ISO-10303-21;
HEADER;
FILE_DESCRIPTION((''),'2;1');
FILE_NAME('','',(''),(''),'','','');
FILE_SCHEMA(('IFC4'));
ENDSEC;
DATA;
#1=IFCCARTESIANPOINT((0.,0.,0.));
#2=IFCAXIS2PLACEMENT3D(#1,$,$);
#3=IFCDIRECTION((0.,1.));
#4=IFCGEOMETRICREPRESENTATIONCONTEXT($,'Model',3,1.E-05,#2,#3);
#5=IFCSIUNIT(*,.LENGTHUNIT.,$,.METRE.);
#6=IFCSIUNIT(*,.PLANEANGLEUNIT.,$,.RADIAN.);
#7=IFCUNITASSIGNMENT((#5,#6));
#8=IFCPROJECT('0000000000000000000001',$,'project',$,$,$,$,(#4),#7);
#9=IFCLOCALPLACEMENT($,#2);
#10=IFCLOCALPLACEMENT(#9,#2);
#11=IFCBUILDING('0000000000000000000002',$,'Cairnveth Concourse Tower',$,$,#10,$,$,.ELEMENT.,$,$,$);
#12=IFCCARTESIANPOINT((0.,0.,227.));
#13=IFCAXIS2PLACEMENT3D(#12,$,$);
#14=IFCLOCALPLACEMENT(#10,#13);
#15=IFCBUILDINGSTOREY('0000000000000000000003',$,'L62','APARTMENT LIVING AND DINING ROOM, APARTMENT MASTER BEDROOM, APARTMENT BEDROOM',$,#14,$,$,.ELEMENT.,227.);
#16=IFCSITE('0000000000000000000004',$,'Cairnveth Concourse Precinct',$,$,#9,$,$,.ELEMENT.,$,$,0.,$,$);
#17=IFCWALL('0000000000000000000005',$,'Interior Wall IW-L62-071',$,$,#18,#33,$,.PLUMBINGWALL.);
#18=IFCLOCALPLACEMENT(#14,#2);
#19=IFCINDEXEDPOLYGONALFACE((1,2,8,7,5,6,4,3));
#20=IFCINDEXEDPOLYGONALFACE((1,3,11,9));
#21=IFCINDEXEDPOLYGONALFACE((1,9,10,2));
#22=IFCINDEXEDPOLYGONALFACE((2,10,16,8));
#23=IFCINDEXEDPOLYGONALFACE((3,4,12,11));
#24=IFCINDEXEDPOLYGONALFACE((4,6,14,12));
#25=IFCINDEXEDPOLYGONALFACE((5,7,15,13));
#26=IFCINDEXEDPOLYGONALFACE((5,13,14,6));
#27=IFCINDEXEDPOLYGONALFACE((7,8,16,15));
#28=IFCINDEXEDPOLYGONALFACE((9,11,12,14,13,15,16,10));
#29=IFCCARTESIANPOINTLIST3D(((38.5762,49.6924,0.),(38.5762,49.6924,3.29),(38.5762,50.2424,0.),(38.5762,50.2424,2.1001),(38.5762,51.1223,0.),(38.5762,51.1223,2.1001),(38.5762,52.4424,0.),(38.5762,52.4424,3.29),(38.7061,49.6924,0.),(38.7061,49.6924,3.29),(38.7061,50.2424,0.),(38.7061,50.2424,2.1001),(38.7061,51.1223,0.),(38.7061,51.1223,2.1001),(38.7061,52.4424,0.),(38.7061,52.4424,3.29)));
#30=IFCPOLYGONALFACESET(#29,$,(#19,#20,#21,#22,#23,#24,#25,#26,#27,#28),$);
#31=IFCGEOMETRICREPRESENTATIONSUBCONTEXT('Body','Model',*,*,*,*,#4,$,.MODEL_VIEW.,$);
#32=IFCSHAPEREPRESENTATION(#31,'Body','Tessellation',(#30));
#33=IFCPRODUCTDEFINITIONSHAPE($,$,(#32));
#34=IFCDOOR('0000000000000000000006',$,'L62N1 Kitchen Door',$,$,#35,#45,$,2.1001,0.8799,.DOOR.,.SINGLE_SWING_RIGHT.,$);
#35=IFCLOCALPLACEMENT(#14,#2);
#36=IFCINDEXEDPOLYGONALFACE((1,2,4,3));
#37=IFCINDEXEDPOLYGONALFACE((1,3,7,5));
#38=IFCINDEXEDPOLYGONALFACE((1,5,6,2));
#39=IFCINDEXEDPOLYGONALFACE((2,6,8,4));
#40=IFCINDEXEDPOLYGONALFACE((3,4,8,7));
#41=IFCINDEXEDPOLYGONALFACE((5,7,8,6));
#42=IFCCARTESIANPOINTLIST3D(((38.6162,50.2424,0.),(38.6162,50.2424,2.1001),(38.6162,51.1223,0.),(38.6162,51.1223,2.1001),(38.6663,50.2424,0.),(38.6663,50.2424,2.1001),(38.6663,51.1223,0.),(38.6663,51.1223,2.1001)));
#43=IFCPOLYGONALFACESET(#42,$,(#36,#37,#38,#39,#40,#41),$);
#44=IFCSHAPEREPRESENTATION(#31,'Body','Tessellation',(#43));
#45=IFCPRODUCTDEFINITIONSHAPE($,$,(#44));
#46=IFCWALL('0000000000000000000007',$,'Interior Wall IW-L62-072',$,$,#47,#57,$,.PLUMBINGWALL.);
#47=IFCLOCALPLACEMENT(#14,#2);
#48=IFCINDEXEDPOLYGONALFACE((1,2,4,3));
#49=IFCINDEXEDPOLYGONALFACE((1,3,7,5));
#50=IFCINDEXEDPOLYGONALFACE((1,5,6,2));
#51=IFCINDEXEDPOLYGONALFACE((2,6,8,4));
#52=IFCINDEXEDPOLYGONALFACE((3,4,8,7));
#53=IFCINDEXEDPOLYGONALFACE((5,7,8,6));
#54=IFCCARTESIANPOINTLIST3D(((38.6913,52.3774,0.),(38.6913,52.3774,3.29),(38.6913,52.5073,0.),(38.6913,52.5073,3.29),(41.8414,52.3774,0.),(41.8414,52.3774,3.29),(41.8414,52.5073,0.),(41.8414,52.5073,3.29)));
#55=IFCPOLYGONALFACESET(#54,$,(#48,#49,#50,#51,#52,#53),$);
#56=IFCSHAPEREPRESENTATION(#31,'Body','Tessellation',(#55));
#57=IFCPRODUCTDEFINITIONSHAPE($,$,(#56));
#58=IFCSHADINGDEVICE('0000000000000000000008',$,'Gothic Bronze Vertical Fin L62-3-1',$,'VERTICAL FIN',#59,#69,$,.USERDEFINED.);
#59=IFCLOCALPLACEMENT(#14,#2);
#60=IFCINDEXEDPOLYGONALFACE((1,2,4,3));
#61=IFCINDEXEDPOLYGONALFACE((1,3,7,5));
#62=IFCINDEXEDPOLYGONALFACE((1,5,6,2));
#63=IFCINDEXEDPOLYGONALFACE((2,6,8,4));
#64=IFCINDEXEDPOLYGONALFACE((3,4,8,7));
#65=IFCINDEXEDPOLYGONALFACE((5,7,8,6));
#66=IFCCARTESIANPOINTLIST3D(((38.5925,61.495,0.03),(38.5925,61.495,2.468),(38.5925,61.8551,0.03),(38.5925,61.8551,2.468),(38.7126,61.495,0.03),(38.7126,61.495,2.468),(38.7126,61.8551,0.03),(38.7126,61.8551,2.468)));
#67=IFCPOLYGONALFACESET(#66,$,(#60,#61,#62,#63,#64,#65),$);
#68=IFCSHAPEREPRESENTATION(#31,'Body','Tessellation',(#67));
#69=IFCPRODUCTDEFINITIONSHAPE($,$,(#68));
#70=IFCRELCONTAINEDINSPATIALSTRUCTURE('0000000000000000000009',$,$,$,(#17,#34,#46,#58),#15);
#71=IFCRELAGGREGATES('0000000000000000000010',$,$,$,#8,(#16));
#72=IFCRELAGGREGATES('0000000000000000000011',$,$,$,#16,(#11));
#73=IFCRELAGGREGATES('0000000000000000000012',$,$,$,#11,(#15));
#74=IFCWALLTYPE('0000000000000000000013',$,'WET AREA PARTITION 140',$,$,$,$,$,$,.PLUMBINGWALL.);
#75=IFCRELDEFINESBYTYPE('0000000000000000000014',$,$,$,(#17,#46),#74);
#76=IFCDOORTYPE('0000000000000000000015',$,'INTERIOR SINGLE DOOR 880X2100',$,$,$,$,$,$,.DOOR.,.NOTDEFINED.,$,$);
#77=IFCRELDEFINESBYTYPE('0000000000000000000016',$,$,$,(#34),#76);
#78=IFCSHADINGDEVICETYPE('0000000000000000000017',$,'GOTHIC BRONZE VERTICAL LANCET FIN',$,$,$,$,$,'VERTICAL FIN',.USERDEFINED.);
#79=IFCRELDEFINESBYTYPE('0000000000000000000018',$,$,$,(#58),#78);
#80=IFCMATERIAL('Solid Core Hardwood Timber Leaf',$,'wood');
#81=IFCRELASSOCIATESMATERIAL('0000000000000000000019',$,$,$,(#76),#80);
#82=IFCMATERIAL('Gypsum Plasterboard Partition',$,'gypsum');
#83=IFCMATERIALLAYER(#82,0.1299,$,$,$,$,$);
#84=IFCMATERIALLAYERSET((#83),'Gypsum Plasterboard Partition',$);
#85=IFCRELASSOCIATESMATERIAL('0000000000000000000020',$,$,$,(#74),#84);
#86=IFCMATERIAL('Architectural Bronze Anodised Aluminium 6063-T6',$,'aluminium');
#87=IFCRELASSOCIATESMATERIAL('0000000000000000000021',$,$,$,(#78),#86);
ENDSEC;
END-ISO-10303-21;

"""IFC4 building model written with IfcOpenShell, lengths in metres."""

from ifc_helpers import new_model, si_unit, direction, frame, frame_2d, origin, origin_2d, place, context, subcontext, project, spatial, rectangle, extrude, material, layer, layer_set, type_object, element, fill, save


model = new_model("IFC4")

# Units and contexts
model_context = context("Model", 3, precision=1e-05, world=origin(), true_north=direction((0.0, 1.0)))
body_context = subcontext(model_context, "Body", "Model", "MODEL_VIEW")
ifc_project = project(units=[si_unit("LENGTHUNIT", "METRE"), si_unit("PLANEANGLEUNIT", "RADIAN")], contexts=[model_context])

# Site, building, storey
site_placement = place(None, origin())
site = spatial("IfcSite", under=ifc_project, at=site_placement, Name="Cairnveth Concourse Precinct", CompositionType="ELEMENT", RefElevation=0.0)
building_placement = place(site_placement, origin())
building = spatial("IfcBuilding", under=site, at=building_placement, Name="Cairnveth Concourse Tower", CompositionType="ELEMENT")
storey_placement = place(building_placement, frame((0.0, 0.0, 227.0)))
storey = spatial("IfcBuildingStorey", under=building, at=storey_placement, Name="L62", Description="APARTMENT LIVING AND DINING ROOM, APARTMENT MASTER BEDROOM, APARTMENT BEDROOM", CompositionType="ELEMENT", Elevation=227.0)

# Shared definitions
ifc_material_1 = material(Name="Gypsum Plasterboard Partition", Category="gypsum")
ifc_material_2 = material(Name="Solid Core Hardwood Timber Leaf", Category="wood")
door_type_1 = type_object("IfcDoorType", Name="INTERIOR SINGLE DOOR 880X2100", OperationType="NOTDEFINED", PredefinedType="DOOR", material=ifc_material_2)

# Shared definitions
ifc_layer_1 = layer(ifc_material_1, 0.1299)
ifc_layer_set_1 = layer_set([ifc_layer_1], Name="Gypsum Plasterboard Partition")
wall_type_1 = type_object("IfcWallType", Name="WET AREA PARTITION 140", PredefinedType="PLUMBINGWALL", material=ifc_layer_set_1)

# Wall, opening, door
wall_1_placement = place(storey_placement, frame((38.6411, 49.6924, 0.0), z_axis=(0.0, 0.0, 1.0), x_axis=(0.0, 1.0, 0.0)))
wall_1 = element("IfcWall", 1, at=wall_1_placement, inside=storey, type_object=wall_type_1, Name="Interior Wall IW-L62-071", PredefinedType="PLUMBINGWALL", context=body_context, shape_type="SweptSolid", body=[
    extrude(rectangle(XDim=2.75, YDim=0.1299, at=frame_2d((1.375, 0.0))), origin(), (0.0, 0.0, 1.0), 3.29),
])
opening_1_placement = place(wall_1_placement, frame((0.55, 0.0, 0.0)))
opening_1 = element("IfcOpeningElement", 2, at=opening_1_placement, cuts=wall_1, PredefinedType="OPENING", context=body_context, shape_type="SweptSolid", body=[
    extrude(rectangle(XDim=0.8799, YDim=2.1001, at=frame_2d((0.4399, 1.05))), frame((0.0, 0.075, 0.0), z_axis=(0.0, -1.0, 0.0), x_axis=(1.0, 0.0, 0.0)), (0.0, 0.0, 1.0), 0.1499),
])
door_1_placement = place(opening_1_placement, origin())
door_1 = element("IfcDoor", 3, at=door_1_placement, inside=storey, type_object=door_type_1, Name="L62N1 Kitchen Door", OperationType="SINGLE_SWING_RIGHT", OverallHeight=2.1001, OverallWidth=0.8799, PredefinedType="DOOR", context=body_context, shape_type="SweptSolid", body=[
    extrude(rectangle(XDim=0.8799, YDim=2.1001, at=frame_2d((0.4399, 1.05))), frame((0.0, 0.0249, 0.0), z_axis=(0.0, -1.0, 0.0), x_axis=(1.0, 0.0, 0.0)), (0.0, 0.0, 1.0), 0.05),
])
fill(opening_1, door_1)

# Wall
wall_2_placement = place(storey_placement, frame((38.6912, 52.4424, 0.0), z_axis=(0.0, 0.0, 1.0), x_axis=(1.0, 0.0, 0.0)))
element("IfcWall", 4, at=wall_2_placement, inside=storey, type_object=wall_type_1, Name="Interior Wall IW-L62-072", PredefinedType="PLUMBINGWALL", context=body_context, shape_type="SweptSolid", body=[
    extrude(rectangle(XDim=3.1501, YDim=0.1299, at=frame_2d((1.5752, 0.0))), origin(), (0.0, 0.0, 1.0), 3.29),
])

# Shading device
ifc_material_3 = material(Name="Architectural Bronze Anodised Aluminium 6063-T6", Category="aluminium")
shading_device_type = type_object("IfcShadingDeviceType", Name="GOTHIC BRONZE VERTICAL LANCET FIN", ElementType="VERTICAL FIN", PredefinedType="USERDEFINED", material=ifc_material_3)
shading_device_placement = place(storey_placement, frame((38.6526, 61.675, 0.03), z_axis=(0.0, 0.0, 1.0), x_axis=(1.0, 0.0, 0.0)))
element("IfcShadingDevice", 5, at=shading_device_placement, inside=storey, type_object=shading_device_type, Name="Gothic Bronze Vertical Fin L62-3-1", ObjectType="VERTICAL FIN", PredefinedType="USERDEFINED", context=body_context, shape_type="SweptSolid", body=[
    extrude(rectangle(XDim=0.1201, YDim=0.3601, at=origin_2d()), origin(), (0.0, 0.0, 1.0), 2.438),
])

save(model, "model.ifc")
